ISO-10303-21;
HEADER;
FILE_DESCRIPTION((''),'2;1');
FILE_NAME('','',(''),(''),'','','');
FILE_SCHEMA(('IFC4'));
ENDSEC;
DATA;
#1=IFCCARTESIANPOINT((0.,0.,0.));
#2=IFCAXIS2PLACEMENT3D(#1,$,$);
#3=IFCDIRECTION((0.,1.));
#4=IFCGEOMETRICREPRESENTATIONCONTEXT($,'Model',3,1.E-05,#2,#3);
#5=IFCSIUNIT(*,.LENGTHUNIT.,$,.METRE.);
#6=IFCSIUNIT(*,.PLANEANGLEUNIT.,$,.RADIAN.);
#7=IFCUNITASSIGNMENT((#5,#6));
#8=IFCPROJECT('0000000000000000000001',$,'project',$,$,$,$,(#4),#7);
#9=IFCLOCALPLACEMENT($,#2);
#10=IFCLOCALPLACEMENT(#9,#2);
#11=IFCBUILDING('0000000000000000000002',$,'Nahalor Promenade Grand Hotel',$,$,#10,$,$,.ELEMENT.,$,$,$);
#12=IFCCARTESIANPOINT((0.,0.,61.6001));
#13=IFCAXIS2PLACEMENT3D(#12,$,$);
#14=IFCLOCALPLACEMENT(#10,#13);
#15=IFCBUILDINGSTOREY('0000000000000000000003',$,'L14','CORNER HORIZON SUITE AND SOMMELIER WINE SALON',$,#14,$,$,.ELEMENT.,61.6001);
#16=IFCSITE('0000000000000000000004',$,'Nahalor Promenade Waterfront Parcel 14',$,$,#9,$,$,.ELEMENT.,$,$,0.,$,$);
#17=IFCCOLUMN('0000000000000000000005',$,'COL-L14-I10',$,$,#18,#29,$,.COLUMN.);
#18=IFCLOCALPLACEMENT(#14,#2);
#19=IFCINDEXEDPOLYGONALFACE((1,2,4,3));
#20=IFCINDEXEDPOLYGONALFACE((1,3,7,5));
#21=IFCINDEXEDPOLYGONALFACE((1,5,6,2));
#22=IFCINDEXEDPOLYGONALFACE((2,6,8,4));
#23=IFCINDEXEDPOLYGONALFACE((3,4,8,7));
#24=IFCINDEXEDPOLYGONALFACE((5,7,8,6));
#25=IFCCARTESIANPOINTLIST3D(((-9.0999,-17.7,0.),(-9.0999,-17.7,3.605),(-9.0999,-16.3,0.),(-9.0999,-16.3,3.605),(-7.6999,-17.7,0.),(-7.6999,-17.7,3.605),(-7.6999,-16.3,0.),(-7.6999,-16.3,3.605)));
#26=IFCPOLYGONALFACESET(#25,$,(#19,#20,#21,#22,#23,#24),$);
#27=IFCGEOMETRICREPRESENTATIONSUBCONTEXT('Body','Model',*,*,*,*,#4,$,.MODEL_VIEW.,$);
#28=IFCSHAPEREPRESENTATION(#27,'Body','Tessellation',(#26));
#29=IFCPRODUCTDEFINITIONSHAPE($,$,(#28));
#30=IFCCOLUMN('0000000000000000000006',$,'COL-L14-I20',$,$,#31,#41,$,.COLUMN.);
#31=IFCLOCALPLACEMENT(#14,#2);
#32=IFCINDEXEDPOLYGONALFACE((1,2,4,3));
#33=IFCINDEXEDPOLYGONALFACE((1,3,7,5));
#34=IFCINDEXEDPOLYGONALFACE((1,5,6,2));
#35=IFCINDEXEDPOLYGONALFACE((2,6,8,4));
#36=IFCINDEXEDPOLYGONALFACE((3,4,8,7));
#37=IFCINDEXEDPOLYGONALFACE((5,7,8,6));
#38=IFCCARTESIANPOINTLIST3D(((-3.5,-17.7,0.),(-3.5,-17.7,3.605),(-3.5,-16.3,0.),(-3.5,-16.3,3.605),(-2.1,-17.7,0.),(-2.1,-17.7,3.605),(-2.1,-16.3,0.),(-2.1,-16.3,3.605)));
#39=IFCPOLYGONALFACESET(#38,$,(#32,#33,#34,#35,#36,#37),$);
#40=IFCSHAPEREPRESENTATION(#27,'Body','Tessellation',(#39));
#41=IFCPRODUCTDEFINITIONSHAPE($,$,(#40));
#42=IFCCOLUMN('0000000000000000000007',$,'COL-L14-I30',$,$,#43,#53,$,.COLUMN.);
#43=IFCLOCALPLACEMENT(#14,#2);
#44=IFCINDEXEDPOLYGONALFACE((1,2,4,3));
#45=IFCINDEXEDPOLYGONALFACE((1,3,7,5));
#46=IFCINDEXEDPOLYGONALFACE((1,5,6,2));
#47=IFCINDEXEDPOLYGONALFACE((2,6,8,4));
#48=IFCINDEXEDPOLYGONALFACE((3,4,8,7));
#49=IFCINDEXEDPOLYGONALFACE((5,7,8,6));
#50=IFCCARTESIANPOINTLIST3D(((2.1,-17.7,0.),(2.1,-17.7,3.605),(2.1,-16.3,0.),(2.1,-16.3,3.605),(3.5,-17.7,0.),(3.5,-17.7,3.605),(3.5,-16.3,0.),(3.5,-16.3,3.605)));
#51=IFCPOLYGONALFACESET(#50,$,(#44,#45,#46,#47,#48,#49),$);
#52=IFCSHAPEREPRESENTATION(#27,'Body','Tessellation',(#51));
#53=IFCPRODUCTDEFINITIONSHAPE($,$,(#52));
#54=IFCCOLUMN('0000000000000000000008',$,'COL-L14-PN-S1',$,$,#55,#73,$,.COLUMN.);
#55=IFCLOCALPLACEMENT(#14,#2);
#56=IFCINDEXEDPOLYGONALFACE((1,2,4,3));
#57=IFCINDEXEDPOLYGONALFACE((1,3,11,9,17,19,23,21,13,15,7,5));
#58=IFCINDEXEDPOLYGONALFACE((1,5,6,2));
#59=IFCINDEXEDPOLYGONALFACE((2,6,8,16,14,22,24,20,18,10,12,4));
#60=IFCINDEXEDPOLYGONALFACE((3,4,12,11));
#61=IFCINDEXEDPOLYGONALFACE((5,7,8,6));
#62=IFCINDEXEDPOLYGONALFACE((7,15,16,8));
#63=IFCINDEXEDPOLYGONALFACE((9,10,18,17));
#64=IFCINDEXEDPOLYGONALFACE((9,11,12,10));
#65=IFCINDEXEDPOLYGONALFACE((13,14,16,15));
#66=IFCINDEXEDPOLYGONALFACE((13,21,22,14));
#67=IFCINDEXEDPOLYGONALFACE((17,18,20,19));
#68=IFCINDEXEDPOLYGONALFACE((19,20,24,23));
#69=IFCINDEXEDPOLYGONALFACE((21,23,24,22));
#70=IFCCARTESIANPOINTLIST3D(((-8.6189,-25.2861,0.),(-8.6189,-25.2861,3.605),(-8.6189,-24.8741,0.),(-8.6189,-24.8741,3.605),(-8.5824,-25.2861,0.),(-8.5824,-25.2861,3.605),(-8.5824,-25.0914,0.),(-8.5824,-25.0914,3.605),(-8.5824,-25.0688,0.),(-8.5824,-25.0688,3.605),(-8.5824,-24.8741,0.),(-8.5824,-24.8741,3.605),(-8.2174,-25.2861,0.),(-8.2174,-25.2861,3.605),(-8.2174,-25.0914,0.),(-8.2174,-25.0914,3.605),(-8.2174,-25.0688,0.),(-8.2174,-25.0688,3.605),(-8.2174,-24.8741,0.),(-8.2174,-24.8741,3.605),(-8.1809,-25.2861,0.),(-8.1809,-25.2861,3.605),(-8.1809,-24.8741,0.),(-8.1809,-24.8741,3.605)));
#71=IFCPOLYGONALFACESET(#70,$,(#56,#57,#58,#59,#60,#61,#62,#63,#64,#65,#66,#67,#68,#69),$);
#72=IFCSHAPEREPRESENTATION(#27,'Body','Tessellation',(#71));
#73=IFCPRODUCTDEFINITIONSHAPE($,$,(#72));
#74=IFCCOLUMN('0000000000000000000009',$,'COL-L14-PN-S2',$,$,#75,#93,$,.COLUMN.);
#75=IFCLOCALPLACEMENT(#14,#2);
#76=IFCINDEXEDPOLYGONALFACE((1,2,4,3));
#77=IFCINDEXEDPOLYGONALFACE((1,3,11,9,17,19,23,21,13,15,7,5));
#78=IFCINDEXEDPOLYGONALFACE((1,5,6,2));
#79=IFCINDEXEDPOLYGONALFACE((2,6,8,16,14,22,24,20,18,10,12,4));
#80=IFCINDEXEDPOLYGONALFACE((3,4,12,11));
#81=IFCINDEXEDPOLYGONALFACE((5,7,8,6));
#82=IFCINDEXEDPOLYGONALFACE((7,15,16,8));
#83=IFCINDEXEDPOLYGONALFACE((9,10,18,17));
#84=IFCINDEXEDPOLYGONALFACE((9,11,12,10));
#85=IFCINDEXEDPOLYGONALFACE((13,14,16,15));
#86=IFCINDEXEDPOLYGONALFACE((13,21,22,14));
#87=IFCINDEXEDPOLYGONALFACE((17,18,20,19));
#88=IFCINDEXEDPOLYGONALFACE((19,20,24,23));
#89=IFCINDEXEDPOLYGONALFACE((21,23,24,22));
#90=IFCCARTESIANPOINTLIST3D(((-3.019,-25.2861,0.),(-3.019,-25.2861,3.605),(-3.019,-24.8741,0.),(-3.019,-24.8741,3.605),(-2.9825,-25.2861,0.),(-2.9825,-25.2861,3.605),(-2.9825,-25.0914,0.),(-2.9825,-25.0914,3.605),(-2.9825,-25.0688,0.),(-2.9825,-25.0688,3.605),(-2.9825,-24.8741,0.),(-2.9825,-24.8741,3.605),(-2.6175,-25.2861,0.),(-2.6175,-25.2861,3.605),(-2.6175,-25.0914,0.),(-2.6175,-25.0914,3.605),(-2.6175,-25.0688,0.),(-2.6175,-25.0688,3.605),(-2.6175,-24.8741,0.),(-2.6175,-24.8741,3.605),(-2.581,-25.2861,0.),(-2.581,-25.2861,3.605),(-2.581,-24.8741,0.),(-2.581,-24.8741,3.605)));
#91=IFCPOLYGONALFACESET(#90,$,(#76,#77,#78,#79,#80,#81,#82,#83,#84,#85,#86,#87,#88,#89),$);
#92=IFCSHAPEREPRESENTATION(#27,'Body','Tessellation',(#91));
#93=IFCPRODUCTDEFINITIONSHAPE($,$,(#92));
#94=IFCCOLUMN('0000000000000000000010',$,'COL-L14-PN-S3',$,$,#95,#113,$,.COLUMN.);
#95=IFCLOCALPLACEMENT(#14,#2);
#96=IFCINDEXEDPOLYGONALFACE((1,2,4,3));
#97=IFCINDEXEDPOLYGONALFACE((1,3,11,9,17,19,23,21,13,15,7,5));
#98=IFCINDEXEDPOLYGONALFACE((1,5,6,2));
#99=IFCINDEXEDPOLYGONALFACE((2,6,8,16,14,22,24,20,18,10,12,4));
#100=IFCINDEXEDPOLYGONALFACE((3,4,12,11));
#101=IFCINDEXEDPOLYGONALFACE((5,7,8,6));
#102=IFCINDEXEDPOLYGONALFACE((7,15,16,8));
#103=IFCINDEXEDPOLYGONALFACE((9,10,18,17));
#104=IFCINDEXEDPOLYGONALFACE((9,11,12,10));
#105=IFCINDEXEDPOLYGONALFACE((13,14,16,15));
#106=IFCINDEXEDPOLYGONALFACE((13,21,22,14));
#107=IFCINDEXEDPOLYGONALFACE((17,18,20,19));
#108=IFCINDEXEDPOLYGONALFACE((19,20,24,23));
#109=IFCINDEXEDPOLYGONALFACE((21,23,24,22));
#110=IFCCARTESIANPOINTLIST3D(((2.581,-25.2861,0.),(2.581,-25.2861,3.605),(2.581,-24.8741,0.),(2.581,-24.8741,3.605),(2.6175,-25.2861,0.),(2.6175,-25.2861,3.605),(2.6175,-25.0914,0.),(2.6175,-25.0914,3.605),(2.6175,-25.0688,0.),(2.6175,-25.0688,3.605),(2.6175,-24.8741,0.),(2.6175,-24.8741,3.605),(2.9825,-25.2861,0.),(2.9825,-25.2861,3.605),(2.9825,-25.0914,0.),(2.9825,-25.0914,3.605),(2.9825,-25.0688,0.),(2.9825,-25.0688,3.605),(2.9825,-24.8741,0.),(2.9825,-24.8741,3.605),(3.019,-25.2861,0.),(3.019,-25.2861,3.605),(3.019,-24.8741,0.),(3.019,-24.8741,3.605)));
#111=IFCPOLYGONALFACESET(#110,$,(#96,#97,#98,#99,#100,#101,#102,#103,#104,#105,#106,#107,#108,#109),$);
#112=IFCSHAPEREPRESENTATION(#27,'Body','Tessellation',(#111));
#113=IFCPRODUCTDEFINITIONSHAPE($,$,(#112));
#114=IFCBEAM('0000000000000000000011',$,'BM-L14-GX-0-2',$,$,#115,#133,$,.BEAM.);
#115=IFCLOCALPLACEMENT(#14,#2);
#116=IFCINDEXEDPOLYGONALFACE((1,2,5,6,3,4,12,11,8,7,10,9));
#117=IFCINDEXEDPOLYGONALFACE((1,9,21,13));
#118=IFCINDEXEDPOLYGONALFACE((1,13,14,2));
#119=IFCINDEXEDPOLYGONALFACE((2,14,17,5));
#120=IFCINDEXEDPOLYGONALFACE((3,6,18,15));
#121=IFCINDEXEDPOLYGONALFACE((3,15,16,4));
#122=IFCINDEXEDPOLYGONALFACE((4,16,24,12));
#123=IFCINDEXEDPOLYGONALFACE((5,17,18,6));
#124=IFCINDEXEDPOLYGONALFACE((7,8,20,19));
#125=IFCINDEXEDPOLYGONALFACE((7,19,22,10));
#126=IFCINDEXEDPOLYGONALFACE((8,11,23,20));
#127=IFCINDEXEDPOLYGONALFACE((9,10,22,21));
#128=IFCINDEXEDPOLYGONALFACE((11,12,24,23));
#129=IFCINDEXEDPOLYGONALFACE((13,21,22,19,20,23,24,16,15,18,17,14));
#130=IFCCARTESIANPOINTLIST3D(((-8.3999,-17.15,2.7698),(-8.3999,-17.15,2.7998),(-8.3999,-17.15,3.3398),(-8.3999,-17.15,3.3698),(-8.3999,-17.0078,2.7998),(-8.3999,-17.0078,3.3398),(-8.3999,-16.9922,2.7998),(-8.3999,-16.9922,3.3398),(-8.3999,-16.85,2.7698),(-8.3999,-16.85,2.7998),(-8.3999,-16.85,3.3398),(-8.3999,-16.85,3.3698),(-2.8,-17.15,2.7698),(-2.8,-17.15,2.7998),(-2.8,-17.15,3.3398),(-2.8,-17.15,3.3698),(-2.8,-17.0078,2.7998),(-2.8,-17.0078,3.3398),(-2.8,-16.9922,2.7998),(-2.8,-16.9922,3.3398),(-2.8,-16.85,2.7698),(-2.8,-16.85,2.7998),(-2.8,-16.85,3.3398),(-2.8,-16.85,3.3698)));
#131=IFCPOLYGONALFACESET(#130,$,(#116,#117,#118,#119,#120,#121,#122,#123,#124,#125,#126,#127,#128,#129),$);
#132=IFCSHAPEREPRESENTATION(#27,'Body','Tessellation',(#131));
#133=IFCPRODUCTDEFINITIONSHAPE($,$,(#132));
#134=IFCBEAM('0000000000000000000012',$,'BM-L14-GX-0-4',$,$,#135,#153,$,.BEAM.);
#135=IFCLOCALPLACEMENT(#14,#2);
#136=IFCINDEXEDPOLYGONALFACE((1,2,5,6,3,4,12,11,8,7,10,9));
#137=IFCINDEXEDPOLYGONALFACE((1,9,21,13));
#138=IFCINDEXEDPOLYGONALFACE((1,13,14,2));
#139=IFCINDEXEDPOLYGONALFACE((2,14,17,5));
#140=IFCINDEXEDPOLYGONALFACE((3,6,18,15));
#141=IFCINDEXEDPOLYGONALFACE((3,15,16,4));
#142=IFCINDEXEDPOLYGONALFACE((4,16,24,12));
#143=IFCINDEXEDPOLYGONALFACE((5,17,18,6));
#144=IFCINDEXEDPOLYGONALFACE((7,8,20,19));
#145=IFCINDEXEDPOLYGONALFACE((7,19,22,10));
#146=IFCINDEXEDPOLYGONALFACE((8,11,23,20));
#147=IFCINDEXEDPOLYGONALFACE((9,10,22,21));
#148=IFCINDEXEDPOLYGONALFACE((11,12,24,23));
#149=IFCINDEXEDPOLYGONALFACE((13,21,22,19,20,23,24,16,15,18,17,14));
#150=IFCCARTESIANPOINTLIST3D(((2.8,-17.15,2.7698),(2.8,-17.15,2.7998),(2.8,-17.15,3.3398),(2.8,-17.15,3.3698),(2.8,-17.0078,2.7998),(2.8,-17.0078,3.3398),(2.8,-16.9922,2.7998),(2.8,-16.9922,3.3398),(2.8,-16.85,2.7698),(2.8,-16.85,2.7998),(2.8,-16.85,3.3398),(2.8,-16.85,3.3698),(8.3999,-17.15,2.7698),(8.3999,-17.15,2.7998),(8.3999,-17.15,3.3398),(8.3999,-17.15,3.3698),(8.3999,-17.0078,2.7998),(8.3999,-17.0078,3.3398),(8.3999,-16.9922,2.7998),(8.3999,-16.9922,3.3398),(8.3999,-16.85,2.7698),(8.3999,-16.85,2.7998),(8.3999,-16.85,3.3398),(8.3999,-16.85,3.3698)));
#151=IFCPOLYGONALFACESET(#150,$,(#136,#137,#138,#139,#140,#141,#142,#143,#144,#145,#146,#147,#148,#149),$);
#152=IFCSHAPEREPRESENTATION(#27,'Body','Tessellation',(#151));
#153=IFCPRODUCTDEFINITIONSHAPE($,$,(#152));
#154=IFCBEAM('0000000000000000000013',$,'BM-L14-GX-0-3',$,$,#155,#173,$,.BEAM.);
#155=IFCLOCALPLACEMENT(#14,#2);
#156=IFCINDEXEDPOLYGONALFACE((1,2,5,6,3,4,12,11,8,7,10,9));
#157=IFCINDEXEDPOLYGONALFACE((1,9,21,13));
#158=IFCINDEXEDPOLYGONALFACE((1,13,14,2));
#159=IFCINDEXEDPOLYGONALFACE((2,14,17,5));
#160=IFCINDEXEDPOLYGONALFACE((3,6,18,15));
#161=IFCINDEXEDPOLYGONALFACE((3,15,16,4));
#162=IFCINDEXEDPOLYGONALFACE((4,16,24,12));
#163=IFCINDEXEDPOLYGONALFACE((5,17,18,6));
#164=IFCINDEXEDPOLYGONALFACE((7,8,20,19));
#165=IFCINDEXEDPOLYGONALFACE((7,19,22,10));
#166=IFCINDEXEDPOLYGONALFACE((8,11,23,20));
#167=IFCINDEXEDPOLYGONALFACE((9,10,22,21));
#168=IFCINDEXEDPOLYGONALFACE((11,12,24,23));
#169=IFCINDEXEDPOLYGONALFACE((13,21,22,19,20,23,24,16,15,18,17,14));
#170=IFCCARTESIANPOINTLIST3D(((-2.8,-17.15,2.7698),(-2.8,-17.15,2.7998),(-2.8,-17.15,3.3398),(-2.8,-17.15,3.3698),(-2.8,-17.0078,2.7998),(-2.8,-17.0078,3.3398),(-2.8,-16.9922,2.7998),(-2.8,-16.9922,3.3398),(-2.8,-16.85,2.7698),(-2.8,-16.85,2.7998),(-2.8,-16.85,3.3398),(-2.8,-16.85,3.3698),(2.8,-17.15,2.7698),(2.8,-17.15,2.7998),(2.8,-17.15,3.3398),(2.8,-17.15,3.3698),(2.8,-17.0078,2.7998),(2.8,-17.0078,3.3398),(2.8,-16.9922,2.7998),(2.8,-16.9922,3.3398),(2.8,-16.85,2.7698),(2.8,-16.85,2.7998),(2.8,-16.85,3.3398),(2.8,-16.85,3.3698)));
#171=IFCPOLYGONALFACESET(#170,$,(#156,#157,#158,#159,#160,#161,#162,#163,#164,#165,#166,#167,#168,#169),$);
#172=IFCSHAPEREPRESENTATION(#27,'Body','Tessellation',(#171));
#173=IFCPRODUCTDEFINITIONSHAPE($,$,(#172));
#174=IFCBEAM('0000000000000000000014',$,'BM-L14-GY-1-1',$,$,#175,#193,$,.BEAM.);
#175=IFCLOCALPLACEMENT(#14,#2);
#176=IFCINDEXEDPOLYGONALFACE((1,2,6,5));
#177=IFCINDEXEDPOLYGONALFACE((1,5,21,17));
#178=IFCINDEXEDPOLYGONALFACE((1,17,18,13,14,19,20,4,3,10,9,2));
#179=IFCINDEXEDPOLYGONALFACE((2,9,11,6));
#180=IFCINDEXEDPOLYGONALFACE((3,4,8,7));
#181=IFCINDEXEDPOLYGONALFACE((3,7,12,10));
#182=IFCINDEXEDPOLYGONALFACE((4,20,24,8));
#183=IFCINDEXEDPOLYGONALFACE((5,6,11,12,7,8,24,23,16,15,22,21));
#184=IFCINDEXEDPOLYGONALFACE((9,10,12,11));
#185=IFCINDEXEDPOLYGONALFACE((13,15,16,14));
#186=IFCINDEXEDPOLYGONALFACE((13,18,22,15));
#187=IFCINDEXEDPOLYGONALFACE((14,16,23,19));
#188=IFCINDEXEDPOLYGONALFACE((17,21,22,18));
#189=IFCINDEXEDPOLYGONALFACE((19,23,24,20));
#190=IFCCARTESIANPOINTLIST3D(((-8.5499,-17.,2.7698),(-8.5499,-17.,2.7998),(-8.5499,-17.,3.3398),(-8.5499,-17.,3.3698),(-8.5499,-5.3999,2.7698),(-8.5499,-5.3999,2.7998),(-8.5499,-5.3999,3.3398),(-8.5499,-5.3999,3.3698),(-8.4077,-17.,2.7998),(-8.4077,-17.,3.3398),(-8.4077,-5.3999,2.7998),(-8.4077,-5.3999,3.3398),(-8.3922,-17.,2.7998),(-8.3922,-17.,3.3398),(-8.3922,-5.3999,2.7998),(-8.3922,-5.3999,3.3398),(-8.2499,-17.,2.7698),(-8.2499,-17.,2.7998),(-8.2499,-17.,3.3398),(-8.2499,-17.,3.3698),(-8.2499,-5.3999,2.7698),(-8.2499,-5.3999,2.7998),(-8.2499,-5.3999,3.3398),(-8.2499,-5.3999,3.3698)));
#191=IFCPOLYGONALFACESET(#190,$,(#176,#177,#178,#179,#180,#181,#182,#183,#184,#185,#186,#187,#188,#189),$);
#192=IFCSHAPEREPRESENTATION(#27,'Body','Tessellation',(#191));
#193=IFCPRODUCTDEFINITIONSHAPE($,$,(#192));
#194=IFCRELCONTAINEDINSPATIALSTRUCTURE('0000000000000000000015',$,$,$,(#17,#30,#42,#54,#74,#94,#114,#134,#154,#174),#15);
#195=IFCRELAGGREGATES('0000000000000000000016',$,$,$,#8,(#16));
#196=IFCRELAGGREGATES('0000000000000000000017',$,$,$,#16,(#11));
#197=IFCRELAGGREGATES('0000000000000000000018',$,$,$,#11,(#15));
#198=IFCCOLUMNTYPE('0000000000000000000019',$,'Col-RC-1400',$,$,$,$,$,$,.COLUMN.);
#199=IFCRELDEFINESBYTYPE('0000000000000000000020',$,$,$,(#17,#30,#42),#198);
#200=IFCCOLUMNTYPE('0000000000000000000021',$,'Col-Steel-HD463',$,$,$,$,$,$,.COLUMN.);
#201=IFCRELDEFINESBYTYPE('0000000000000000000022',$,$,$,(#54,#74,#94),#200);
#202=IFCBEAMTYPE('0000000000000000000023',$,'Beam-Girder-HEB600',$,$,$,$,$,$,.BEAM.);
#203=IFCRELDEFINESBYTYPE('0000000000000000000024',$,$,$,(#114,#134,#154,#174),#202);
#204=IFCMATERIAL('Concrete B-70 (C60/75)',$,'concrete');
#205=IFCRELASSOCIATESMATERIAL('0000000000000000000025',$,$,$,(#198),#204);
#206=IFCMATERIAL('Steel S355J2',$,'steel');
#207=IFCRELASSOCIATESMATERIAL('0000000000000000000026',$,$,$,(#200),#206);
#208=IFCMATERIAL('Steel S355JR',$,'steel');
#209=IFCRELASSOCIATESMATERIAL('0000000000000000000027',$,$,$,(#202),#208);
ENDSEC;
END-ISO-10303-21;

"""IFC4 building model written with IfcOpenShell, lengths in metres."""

from ifc_helpers import new_model, si_unit, direction, frame, origin, origin_2d, place, context, subcontext, project, spatial, rectangle, i_section, extrude, source, transform, mapped, material, material_profile, profile_set, type_object, element, save


model = new_model("IFC4")

# Units and contexts
model_context = context("Model", 3, precision=1e-05, world=origin(), true_north=direction((0.0, 1.0)))
body_context = subcontext(model_context, "Body", "Model", "MODEL_VIEW")
ifc_project = project(units=[si_unit("LENGTHUNIT", "METRE"), si_unit("PLANEANGLEUNIT", "RADIAN")], contexts=[model_context])

# Site, building, storey
site_placement = place(None, origin())
site = spatial("IfcSite", under=ifc_project, at=site_placement, Name="Nahalor Promenade Waterfront Parcel 14", CompositionType="ELEMENT", RefElevation=0.0)
building_placement = place(site_placement, origin())
building = spatial("IfcBuilding", under=site, at=building_placement, Name="Nahalor Promenade Grand Hotel", CompositionType="ELEMENT")
storey_placement = place(building_placement, frame((0.0, 0.0, 61.6001)))
storey = spatial("IfcBuildingStorey", under=building, at=storey_placement, Name="L14", Description="CORNER HORIZON SUITE AND SOMMELIER WINE SALON", CompositionType="ELEMENT", Elevation=61.6001)

# Columns
ifc_material_1 = material(Name="Concrete B-70 (C60/75)", Category="concrete")
ifc_material_profile_1 = material_profile(ifc_material_1, rectangle(XDim=1.4, YDim=1.4, at=origin_2d()), Name="RC 1400x1400")
ifc_profile_set_1 = profile_set([ifc_material_profile_1], Name="Concrete B-70 (C60/75)")
column_type_1 = type_object("IfcColumnType", Name="Col-RC-1400", PredefinedType="COLUMN", material=ifc_profile_set_1)
shared_shape_1 = source(origin(), body_context, "Body", "SweptSolid", [
    extrude(rectangle(XDim=1.4, YDim=1.4, at=origin_2d()), origin(), (0.0, 0.0, 1.0), 3.605),
])
for number, where, z_axis, x_axis, name in (
    (1, (-8.3999, -17.0, 0.0), (0.0, 0.0, 1.0), (1.0, 0.0, 0.0), "COL-L14-I10"),
    (2, (-2.8, -17.0, 0.0), (0.0, 0.0, 1.0), (1.0, 0.0, 0.0), "COL-L14-I20"),
    (3, (2.8, -17.0, 0.0), (0.0, 0.0, 1.0), (1.0, 0.0, 0.0), "COL-L14-I30"),
):
    element("IfcColumn", number, at=place(storey_placement, frame(where, z_axis=z_axis, x_axis=x_axis)), inside=storey, type_object=column_type_1, Name=name, PredefinedType="COLUMN", context=body_context, shape_type="MappedRepresentation", body=[
        mapped(shared_shape_1, transform((0.0, 0.0, 0.0), scale=1.0)),
    ])
ifc_material_2 = material(Name="Steel S355J2", Category="steel")
ifc_material_profile_2 = material_profile(ifc_material_2, i_section(OverallWidth=0.412, OverallDepth=0.438, WebThickness=0.0226, FlangeThickness=0.0365, at=origin_2d()), Name="HD 400x463")
ifc_profile_set_2 = profile_set([ifc_material_profile_2], Name="Steel S355J2")
column_type_2 = type_object("IfcColumnType", Name="Col-Steel-HD463", PredefinedType="COLUMN", material=ifc_profile_set_2)
shared_shape_2 = source(origin(), body_context, "Body", "SweptSolid", [
    extrude(i_section(OverallWidth=0.412, OverallDepth=0.438, WebThickness=0.0226, FlangeThickness=0.0365, at=origin_2d()), origin(), (0.0, 0.0, 1.0), 3.605),
])
for number, where, z_axis, x_axis, name in (
    (4, (-8.3999, -25.0801, 0.0), (0.0, 0.0, 1.0), (0.0, 1.0, 0.0), "COL-L14-PN-S1"),
    (5, (-2.8, -25.0801, 0.0), (0.0, 0.0, 1.0), (0.0, 1.0, 0.0), "COL-L14-PN-S2"),
    (6, (2.8, -25.0801, 0.0), (0.0, 0.0, 1.0), (0.0, 1.0, 0.0), "COL-L14-PN-S3"),
):
    element("IfcColumn", number, at=place(storey_placement, frame(where, z_axis=z_axis, x_axis=x_axis)), inside=storey, type_object=column_type_2, Name=name, PredefinedType="COLUMN", context=body_context, shape_type="MappedRepresentation", body=[
        mapped(shared_shape_2, transform((0.0, 0.0, 0.0), scale=1.0)),
    ])

# Beams
ifc_material_3 = material(Name="Steel S355JR", Category="steel")
ifc_material_profile_3 = material_profile(ifc_material_3, i_section(OverallWidth=0.3, OverallDepth=0.6, WebThickness=0.0155, FlangeThickness=0.03, at=origin_2d()), Name="HEB 600")
ifc_profile_set_3 = profile_set([ifc_material_profile_3], Name="Steel S355JR")
beam_type_1 = type_object("IfcBeamType", Name="Beam-Girder-HEB600", PredefinedType="BEAM", material=ifc_profile_set_3)
shared_shape_3 = source(origin(), body_context, "Body", "SweptSolid", [
    extrude(i_section(OverallWidth=0.3, OverallDepth=0.6, WebThickness=0.0155, FlangeThickness=0.03, at=origin_2d()), origin(), (0.0, 0.0, 1.0), 5.5999),
])
for number, where, z_axis, x_axis, name in (
    (7, (-8.3999, -17.0, 3.0698), (1.0, 0.0, 0.0), (0.0, 1.0, 0.0), "BM-L14-GX-0-2"),
    (8, (2.8, -17.0, 3.0698), (1.0, 0.0, 0.0), (0.0, 1.0, 0.0), "BM-L14-GX-0-4"),
):
    element("IfcBeam", number, at=place(storey_placement, frame(where, z_axis=z_axis, x_axis=x_axis)), inside=storey, type_object=beam_type_1, Name=name, PredefinedType="BEAM", context=body_context, shape_type="MappedRepresentation", body=[
        mapped(shared_shape_3, transform((0.0, 0.0, 0.0), scale=1.0)),
    ])
shared_shape_4 = source(origin(), body_context, "Body", "SweptSolid", [
    extrude(i_section(OverallWidth=0.3, OverallDepth=0.6, WebThickness=0.0155, FlangeThickness=0.03, at=origin_2d()), origin(), (0.0, 0.0, 1.0), 5.6001),
])
beam_1_placement = place(storey_placement, frame((-2.8, -17.0, 3.0698), z_axis=(1.0, 0.0, 0.0), x_axis=(0.0, 1.0, 0.0)))
element("IfcBeam", 9, at=beam_1_placement, inside=storey, type_object=beam_type_1, Name="BM-L14-GX-0-3", PredefinedType="BEAM", context=body_context, shape_type="MappedRepresentation", body=[
    mapped(shared_shape_4, transform((0.0, 0.0, 0.0), scale=1.0)),
])
shared_shape_5 = source(origin(), body_context, "Body", "SweptSolid", [
    extrude(i_section(OverallWidth=0.3, OverallDepth=0.6, WebThickness=0.0155, FlangeThickness=0.03, at=origin_2d()), origin(), (0.0, 0.0, 1.0), 11.6001),
])
for number, where, z_axis, x_axis, name in (
    (10, (-8.3999, -17.0, 3.0698), (0.0, 1.0, 0.0), (-1.0, 0.0, 0.0), "BM-L14-GY-1-1"),
):
    element("IfcBeam", number, at=place(storey_placement, frame(where, z_axis=z_axis, x_axis=x_axis)), inside=storey, type_object=beam_type_1, Name=name, PredefinedType="BEAM", context=body_context, shape_type="MappedRepresentation", body=[
        mapped(shared_shape_5, transform((0.0, 0.0, 0.0), scale=1.0)),
    ])

save(model, "model.ifc")
